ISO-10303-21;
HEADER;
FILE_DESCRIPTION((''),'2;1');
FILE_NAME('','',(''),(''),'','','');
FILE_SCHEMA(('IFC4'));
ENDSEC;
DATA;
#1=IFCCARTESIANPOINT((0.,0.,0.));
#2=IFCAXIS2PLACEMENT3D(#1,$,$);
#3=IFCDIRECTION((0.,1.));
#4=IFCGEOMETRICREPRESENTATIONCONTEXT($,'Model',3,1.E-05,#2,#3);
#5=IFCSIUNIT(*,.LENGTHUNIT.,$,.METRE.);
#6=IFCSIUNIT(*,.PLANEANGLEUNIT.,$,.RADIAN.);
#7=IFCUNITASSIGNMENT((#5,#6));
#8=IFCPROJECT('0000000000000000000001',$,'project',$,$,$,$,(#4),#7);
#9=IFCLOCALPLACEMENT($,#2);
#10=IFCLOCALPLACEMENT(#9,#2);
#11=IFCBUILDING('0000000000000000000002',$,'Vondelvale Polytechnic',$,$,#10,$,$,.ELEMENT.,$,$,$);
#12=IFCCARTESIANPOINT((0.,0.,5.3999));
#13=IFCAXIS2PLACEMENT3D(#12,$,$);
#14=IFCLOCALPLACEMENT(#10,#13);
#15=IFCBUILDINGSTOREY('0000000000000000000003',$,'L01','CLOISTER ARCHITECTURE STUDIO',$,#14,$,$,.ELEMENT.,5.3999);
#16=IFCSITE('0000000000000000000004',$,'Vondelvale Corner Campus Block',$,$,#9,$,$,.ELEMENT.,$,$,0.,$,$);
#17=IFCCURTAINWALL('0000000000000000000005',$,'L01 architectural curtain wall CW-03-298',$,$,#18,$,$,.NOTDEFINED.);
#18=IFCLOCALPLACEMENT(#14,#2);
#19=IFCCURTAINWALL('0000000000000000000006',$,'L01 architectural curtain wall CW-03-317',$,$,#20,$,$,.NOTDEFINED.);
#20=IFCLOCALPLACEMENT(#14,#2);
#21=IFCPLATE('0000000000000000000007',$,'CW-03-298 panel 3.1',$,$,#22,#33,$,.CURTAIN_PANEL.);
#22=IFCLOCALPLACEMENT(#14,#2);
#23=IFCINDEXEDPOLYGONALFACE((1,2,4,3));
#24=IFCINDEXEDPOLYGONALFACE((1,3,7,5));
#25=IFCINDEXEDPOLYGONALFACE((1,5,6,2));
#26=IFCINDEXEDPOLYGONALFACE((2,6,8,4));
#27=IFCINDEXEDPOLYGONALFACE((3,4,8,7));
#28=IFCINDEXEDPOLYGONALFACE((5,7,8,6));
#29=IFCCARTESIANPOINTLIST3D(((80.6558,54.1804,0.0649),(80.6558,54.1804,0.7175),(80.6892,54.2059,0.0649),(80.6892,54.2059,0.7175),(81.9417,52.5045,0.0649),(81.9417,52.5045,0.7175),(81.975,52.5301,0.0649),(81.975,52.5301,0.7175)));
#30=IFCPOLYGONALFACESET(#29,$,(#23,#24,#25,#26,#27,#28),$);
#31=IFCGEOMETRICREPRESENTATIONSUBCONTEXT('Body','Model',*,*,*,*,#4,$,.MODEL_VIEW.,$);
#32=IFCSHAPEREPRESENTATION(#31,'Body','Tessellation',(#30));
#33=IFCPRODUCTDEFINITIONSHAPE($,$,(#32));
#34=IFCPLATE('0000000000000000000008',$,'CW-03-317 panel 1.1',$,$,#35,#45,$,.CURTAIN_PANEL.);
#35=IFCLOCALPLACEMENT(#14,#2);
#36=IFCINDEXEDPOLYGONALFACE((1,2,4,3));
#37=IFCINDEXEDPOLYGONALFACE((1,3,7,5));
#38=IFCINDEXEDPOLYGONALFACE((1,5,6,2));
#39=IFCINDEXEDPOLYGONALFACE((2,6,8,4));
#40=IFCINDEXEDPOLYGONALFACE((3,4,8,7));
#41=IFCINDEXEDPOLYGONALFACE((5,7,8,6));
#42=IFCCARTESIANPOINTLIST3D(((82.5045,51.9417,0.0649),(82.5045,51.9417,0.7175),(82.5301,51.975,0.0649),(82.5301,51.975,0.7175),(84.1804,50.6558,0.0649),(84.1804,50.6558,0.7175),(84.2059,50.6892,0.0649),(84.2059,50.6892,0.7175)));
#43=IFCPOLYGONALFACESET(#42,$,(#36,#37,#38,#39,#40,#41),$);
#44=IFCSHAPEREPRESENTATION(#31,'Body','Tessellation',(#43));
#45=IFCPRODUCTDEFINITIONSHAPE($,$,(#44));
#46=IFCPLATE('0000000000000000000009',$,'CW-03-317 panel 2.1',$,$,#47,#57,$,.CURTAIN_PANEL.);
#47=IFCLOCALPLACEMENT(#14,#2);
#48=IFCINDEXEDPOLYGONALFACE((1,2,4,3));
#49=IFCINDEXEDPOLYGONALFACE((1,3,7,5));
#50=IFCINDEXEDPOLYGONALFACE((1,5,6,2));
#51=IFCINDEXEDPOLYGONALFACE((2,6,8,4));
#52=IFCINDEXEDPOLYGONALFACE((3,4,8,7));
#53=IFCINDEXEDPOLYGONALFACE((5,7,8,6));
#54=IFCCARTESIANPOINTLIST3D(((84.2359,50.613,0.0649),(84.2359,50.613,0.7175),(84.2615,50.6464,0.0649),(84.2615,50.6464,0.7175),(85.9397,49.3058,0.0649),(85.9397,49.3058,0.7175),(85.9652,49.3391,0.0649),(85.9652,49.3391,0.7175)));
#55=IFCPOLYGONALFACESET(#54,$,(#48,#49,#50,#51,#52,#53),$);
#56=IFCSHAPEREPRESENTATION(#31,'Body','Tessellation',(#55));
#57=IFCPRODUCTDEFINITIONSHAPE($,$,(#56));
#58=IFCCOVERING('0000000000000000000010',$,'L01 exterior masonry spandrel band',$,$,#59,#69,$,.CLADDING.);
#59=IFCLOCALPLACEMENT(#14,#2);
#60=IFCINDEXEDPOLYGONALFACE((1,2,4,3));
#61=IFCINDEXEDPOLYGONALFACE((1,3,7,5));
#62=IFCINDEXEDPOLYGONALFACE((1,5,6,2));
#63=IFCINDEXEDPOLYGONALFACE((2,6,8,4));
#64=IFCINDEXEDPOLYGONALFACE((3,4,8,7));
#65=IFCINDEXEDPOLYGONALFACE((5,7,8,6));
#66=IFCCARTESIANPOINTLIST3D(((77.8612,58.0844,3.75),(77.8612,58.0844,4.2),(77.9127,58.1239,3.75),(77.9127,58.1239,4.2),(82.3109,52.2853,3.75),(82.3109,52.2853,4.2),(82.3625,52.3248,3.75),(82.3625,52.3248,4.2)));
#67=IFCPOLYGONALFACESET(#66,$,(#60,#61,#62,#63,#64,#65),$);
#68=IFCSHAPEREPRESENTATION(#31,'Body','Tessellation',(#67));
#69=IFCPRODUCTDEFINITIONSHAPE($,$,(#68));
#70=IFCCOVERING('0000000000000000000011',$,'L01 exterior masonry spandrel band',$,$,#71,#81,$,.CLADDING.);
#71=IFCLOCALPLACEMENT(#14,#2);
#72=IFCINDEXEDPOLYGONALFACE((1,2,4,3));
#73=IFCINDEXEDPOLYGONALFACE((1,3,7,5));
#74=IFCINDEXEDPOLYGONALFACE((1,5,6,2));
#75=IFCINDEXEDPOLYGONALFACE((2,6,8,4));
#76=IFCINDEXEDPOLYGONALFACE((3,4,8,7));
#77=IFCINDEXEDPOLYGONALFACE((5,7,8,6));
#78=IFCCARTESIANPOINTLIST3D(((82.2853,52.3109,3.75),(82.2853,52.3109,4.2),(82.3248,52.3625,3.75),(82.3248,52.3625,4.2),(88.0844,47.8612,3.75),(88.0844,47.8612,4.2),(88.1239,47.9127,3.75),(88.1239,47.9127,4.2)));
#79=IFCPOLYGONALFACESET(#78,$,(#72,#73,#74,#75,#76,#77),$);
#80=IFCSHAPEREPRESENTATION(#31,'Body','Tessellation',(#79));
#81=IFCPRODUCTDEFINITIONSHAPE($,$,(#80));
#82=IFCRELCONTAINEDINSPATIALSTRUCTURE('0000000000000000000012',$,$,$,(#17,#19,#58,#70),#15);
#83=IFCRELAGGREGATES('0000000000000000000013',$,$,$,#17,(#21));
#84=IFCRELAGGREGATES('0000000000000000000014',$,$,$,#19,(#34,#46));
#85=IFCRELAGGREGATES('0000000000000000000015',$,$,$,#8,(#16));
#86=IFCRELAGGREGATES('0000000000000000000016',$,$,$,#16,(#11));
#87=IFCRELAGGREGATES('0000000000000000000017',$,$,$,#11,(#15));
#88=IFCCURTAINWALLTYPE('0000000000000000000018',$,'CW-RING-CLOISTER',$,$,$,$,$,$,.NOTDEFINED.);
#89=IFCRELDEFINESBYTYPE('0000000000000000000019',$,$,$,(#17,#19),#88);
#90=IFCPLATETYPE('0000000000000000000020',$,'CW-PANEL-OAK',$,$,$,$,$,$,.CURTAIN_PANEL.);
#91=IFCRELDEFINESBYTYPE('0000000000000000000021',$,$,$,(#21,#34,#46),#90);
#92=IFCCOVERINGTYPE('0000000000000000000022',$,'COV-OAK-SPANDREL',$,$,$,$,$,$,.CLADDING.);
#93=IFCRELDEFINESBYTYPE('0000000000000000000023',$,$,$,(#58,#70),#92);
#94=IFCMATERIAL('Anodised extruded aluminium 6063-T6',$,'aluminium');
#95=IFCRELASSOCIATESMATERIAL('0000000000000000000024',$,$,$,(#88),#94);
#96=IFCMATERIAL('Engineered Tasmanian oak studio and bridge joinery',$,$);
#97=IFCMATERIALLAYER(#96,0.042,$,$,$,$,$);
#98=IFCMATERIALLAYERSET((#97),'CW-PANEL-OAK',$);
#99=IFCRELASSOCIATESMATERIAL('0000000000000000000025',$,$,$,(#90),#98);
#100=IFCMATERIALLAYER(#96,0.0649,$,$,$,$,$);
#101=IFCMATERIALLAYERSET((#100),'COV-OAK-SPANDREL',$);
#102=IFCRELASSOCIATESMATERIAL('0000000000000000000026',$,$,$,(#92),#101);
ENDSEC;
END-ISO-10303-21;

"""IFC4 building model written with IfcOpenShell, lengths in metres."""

from ifc_helpers import new_model, si_unit, direction, frame, origin, origin_2d, place, context, subcontext, project, spatial, rectangle, extrude, material, layer, layer_set, type_object, element, aggregate, save


model = new_model("IFC4")

# Units and contexts
model_context = context("Model", 3, precision=1e-05, world=origin(), true_north=direction((0.0, 1.0)))
body_context = subcontext(model_context, "Body", "Model", "MODEL_VIEW")
ifc_project = project(units=[si_unit("LENGTHUNIT", "METRE"), si_unit("PLANEANGLEUNIT", "RADIAN")], contexts=[model_context])

# Site, building, storey
site_placement = place(None, origin())
site = spatial("IfcSite", under=ifc_project, at=site_placement, Name="Vondelvale Corner Campus Block", CompositionType="ELEMENT", RefElevation=0.0)
building_placement = place(site_placement, origin())
building = spatial("IfcBuilding", under=site, at=building_placement, Name="Vondelvale Polytechnic", CompositionType="ELEMENT")
storey_placement = place(building_placement, frame((0.0, 0.0, 5.3999)))
storey = spatial("IfcBuildingStorey", under=building, at=storey_placement, Name="L01", Description="CLOISTER ARCHITECTURE STUDIO", CompositionType="ELEMENT", Elevation=5.3999)

# Curtain walls
ifc_material_1 = material(Name="Anodised extruded aluminium 6063-T6", Category="aluminium")
curtain_wall_type = type_object("IfcCurtainWallType", Name="CW-RING-CLOISTER", PredefinedType="NOTDEFINED", material=ifc_material_1)
curtain_wall_1_placement = place(storey_placement, origin())
curtain_wall_1 = element("IfcCurtainWall", 1, at=curtain_wall_1_placement, inside=storey, type_object=curtain_wall_type, Name="L01 architectural curtain wall CW-03-298", PredefinedType="NOTDEFINED")
curtain_wall_2_placement = place(storey_placement, origin())
curtain_wall_2 = element("IfcCurtainWall", 2, at=curtain_wall_2_placement, inside=storey, type_object=curtain_wall_type, Name="L01 architectural curtain wall CW-03-317", PredefinedType="NOTDEFINED")

# Plates
ifc_material_2 = material(Name="Engineered Tasmanian oak studio and bridge joinery")
ifc_layer_1 = layer(ifc_material_2, 0.042)
ifc_layer_set_1 = layer_set([ifc_layer_1], Name="CW-PANEL-OAK")
plate_type_1 = type_object("IfcPlateType", Name="CW-PANEL-OAK", PredefinedType="CURTAIN_PANEL", material=ifc_layer_set_1)
plate_1_placement = place(storey_placement, frame((81.3154, 53.3552, 0.0649), z_axis=(0.0, 0.0, 1.0), x_axis=(0.608748, -0.793364, 0.0)))
plate_1 = element("IfcPlate", 3, at=plate_1_placement, type_object=plate_type_1, Name="CW-03-298 panel 3.1", PredefinedType="CURTAIN_PANEL", context=body_context, shape_type="SweptSolid", body=[
    extrude(rectangle(XDim=2.1123, YDim=0.042, at=origin_2d()), origin(), (0.0, 0.0, 1.0), 0.6526),
])
aggregate(curtain_wall_1, [plate_1])
plate_2_placement = place(storey_placement, frame((83.3552, 51.3154, 0.0649), z_axis=(0.0, 0.0, 1.0), x_axis=(0.793364, -0.608748, 0.0)))
plate_2 = element("IfcPlate", 4, at=plate_2_placement, type_object=plate_type_1, Name="CW-03-317 panel 1.1", PredefinedType="CURTAIN_PANEL", context=body_context, shape_type="SweptSolid", body=[
    extrude(rectangle(XDim=2.1123, YDim=0.042, at=origin_2d()), origin(), (0.0, 0.0, 1.0), 0.6526),
])
plate_3_placement = place(storey_placement, frame((85.1006, 49.9761, 0.0649), z_axis=(0.0, 0.0, 1.0), x_axis=(0.793364, -0.608748, 0.0)))
plate_3 = element("IfcPlate", 5, at=plate_3_placement, type_object=plate_type_1, Name="CW-03-317 panel 2.1", PredefinedType="CURTAIN_PANEL", context=body_context, shape_type="SweptSolid", body=[
    extrude(rectangle(XDim=2.1475, YDim=0.042, at=origin_2d()), origin(), (0.0, 0.0, 1.0), 0.6526),
])
aggregate(curtain_wall_2, [plate_2, plate_3])

# Coverings
ifc_layer_2 = layer(ifc_material_2, 0.0649)
ifc_layer_set_2 = layer_set([ifc_layer_2], Name="COV-OAK-SPANDREL")
covering_type = type_object("IfcCoveringType", Name="COV-OAK-SPANDREL", PredefinedType="CLADDING", material=ifc_layer_set_2)
for number, where, z_axis, x_axis, name in (
    (6, (80.1118, 55.2046, 3.75), (0.0, 0.0, 1.0), (0.608761, -0.793353, 0.0), "L01 exterior masonry spandrel band"),
    (7, (85.2046, 50.1118, 3.75), (0.0, 0.0, 1.0), (0.793353, -0.608761, 0.0), "L01 exterior masonry spandrel band"),
):
    element("IfcCovering", number, at=place(storey_placement, frame(where, z_axis=z_axis, x_axis=x_axis)), inside=storey, type_object=covering_type, Name=name, PredefinedType="CLADDING", context=body_context, shape_type="SweptSolid", body=[
        extrude(rectangle(XDim=7.3096, YDim=0.0649, at=origin_2d()), origin(), (0.0, 0.0, 1.0), 0.45),
    ])

save(model, "model.ifc")
